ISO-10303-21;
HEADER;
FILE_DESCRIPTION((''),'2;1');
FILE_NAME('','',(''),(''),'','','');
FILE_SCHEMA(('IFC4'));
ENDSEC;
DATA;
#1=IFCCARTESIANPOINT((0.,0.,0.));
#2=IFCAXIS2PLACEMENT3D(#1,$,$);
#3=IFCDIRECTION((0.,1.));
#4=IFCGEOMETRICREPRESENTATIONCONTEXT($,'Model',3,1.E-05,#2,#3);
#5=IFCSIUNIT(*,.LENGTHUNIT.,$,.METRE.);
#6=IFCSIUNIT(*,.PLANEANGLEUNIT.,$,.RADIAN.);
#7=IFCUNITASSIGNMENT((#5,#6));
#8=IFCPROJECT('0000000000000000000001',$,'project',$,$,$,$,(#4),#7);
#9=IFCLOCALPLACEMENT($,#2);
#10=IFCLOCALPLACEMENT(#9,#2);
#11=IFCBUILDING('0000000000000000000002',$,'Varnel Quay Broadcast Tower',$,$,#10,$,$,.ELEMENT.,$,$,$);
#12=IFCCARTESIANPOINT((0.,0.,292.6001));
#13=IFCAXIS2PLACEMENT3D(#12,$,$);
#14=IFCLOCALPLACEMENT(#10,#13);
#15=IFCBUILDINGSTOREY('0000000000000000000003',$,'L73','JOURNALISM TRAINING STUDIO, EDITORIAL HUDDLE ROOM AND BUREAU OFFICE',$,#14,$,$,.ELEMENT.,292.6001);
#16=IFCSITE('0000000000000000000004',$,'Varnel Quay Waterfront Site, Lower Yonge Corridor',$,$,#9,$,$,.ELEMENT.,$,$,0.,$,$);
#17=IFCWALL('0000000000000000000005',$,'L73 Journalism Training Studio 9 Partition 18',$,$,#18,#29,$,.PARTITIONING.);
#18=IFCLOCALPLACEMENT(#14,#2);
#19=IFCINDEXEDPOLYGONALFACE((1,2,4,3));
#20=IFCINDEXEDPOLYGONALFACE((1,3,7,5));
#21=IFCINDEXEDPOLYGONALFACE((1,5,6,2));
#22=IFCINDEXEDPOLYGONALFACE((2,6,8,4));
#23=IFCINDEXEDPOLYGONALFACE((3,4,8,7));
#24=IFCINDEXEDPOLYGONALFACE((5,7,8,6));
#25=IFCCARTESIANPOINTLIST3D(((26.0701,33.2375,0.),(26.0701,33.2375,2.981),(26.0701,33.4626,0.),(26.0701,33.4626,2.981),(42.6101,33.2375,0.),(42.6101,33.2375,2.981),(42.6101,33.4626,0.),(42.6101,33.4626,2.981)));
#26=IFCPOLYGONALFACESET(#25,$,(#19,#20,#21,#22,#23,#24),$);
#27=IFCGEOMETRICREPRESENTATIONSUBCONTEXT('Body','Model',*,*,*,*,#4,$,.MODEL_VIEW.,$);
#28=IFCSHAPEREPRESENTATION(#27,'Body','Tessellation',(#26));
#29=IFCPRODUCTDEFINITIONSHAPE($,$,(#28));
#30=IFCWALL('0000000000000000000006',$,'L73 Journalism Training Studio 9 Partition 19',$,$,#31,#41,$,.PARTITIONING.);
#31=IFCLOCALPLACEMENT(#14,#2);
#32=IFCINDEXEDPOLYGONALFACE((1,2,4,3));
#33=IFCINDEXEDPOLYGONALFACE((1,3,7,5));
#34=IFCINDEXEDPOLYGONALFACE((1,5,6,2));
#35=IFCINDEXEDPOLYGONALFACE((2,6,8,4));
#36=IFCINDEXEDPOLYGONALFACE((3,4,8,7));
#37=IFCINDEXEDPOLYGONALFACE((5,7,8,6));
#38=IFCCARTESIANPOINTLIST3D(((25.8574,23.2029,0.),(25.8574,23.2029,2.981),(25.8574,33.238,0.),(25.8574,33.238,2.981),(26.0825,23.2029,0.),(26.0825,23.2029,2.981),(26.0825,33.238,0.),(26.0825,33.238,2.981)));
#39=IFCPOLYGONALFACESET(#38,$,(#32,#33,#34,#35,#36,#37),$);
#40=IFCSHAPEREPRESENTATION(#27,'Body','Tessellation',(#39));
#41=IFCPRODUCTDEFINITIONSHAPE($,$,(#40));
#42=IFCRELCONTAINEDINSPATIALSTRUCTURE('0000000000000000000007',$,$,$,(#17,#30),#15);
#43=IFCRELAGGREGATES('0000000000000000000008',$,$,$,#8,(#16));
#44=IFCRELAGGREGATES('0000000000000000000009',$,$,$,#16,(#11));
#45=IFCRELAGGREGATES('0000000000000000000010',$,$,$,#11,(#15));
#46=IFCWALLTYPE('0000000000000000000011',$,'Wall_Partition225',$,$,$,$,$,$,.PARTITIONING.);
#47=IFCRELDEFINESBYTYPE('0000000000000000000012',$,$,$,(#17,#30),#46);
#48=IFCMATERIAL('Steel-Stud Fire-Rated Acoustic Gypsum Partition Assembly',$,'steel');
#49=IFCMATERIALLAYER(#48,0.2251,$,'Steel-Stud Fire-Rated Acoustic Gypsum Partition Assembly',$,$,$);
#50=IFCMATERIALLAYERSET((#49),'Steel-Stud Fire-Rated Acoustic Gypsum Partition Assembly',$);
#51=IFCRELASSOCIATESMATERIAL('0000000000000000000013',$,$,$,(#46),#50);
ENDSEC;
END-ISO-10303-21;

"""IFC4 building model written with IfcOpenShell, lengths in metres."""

from ifc_helpers import new_model, si_unit, direction, frame, frame_2d, origin, place, context, subcontext, project, spatial, rectangle, extrude, material, layer, layer_set, type_object, element, save


model = new_model("IFC4")

# Units and contexts
model_context = context("Model", 3, precision=1e-05, world=origin(), true_north=direction((0.0, 1.0)))
body_context = subcontext(model_context, "Body", "Model", "MODEL_VIEW")
ifc_project = project(units=[si_unit("LENGTHUNIT", "METRE"), si_unit("PLANEANGLEUNIT", "RADIAN")], contexts=[model_context])

# Site, building, storey
site_placement = place(None, origin())
site = spatial("IfcSite", under=ifc_project, at=site_placement, Name="Varnel Quay Waterfront Site, Lower Yonge Corridor", CompositionType="ELEMENT", RefElevation=0.0)
building_placement = place(site_placement, origin())
building = spatial("IfcBuilding", under=site, at=building_placement, Name="Varnel Quay Broadcast Tower", CompositionType="ELEMENT")
storey_placement = place(building_placement, frame((0.0, 0.0, 292.6001)))
storey = spatial("IfcBuildingStorey", under=building, at=storey_placement, Name="L73", Description="JOURNALISM TRAINING STUDIO, EDITORIAL HUDDLE ROOM AND BUREAU OFFICE", CompositionType="ELEMENT", Elevation=292.6001)

# Shared definitions
ifc_material_1 = material(Name="Steel-Stud Fire-Rated Acoustic Gypsum Partition Assembly", Category="steel")

# Walls
ifc_layer_1 = layer(ifc_material_1, 0.2251, Name="Steel-Stud Fire-Rated Acoustic Gypsum Partition Assembly")
ifc_layer_set_1 = layer_set([ifc_layer_1], Name="Steel-Stud Fire-Rated Acoustic Gypsum Partition Assembly")
wall_type_1 = type_object("IfcWallType", Name="Wall_Partition225", PredefinedType="PARTITIONING", material=ifc_layer_set_1)
wall_1_placement = place(storey_placement, frame((26.0701, 33.3501, 0.0), z_axis=(0.0, 0.0, 1.0), x_axis=(1.0, 0.0, 0.0)))
element("IfcWall", 1, at=wall_1_placement, inside=storey, type_object=wall_type_1, Name="L73 Journalism Training Studio 9 Partition 18", PredefinedType="PARTITIONING", context=body_context, shape_type="SweptSolid", body=[
    extrude(rectangle(XDim=16.54, YDim=0.2251, at=frame_2d((8.27, 0.0))), origin(), (0.0, 0.0, 1.0), 2.981),
])
wall_2_placement = place(storey_placement, frame((25.97, 23.2029, 0.0), z_axis=(0.0, 0.0, 1.0), x_axis=(0.0, 1.0, 0.0)))
element("IfcWall", 2, at=wall_2_placement, inside=storey, type_object=wall_type_1, Name="L73 Journalism Training Studio 9 Partition 19", PredefinedType="PARTITIONING", context=body_context, shape_type="SweptSolid", body=[
    extrude(rectangle(XDim=10.0352, YDim=0.2251, at=frame_2d((5.0176, 0.0))), origin(), (0.0, 0.0, 1.0), 2.981),
])

save(model, "model.ifc")
